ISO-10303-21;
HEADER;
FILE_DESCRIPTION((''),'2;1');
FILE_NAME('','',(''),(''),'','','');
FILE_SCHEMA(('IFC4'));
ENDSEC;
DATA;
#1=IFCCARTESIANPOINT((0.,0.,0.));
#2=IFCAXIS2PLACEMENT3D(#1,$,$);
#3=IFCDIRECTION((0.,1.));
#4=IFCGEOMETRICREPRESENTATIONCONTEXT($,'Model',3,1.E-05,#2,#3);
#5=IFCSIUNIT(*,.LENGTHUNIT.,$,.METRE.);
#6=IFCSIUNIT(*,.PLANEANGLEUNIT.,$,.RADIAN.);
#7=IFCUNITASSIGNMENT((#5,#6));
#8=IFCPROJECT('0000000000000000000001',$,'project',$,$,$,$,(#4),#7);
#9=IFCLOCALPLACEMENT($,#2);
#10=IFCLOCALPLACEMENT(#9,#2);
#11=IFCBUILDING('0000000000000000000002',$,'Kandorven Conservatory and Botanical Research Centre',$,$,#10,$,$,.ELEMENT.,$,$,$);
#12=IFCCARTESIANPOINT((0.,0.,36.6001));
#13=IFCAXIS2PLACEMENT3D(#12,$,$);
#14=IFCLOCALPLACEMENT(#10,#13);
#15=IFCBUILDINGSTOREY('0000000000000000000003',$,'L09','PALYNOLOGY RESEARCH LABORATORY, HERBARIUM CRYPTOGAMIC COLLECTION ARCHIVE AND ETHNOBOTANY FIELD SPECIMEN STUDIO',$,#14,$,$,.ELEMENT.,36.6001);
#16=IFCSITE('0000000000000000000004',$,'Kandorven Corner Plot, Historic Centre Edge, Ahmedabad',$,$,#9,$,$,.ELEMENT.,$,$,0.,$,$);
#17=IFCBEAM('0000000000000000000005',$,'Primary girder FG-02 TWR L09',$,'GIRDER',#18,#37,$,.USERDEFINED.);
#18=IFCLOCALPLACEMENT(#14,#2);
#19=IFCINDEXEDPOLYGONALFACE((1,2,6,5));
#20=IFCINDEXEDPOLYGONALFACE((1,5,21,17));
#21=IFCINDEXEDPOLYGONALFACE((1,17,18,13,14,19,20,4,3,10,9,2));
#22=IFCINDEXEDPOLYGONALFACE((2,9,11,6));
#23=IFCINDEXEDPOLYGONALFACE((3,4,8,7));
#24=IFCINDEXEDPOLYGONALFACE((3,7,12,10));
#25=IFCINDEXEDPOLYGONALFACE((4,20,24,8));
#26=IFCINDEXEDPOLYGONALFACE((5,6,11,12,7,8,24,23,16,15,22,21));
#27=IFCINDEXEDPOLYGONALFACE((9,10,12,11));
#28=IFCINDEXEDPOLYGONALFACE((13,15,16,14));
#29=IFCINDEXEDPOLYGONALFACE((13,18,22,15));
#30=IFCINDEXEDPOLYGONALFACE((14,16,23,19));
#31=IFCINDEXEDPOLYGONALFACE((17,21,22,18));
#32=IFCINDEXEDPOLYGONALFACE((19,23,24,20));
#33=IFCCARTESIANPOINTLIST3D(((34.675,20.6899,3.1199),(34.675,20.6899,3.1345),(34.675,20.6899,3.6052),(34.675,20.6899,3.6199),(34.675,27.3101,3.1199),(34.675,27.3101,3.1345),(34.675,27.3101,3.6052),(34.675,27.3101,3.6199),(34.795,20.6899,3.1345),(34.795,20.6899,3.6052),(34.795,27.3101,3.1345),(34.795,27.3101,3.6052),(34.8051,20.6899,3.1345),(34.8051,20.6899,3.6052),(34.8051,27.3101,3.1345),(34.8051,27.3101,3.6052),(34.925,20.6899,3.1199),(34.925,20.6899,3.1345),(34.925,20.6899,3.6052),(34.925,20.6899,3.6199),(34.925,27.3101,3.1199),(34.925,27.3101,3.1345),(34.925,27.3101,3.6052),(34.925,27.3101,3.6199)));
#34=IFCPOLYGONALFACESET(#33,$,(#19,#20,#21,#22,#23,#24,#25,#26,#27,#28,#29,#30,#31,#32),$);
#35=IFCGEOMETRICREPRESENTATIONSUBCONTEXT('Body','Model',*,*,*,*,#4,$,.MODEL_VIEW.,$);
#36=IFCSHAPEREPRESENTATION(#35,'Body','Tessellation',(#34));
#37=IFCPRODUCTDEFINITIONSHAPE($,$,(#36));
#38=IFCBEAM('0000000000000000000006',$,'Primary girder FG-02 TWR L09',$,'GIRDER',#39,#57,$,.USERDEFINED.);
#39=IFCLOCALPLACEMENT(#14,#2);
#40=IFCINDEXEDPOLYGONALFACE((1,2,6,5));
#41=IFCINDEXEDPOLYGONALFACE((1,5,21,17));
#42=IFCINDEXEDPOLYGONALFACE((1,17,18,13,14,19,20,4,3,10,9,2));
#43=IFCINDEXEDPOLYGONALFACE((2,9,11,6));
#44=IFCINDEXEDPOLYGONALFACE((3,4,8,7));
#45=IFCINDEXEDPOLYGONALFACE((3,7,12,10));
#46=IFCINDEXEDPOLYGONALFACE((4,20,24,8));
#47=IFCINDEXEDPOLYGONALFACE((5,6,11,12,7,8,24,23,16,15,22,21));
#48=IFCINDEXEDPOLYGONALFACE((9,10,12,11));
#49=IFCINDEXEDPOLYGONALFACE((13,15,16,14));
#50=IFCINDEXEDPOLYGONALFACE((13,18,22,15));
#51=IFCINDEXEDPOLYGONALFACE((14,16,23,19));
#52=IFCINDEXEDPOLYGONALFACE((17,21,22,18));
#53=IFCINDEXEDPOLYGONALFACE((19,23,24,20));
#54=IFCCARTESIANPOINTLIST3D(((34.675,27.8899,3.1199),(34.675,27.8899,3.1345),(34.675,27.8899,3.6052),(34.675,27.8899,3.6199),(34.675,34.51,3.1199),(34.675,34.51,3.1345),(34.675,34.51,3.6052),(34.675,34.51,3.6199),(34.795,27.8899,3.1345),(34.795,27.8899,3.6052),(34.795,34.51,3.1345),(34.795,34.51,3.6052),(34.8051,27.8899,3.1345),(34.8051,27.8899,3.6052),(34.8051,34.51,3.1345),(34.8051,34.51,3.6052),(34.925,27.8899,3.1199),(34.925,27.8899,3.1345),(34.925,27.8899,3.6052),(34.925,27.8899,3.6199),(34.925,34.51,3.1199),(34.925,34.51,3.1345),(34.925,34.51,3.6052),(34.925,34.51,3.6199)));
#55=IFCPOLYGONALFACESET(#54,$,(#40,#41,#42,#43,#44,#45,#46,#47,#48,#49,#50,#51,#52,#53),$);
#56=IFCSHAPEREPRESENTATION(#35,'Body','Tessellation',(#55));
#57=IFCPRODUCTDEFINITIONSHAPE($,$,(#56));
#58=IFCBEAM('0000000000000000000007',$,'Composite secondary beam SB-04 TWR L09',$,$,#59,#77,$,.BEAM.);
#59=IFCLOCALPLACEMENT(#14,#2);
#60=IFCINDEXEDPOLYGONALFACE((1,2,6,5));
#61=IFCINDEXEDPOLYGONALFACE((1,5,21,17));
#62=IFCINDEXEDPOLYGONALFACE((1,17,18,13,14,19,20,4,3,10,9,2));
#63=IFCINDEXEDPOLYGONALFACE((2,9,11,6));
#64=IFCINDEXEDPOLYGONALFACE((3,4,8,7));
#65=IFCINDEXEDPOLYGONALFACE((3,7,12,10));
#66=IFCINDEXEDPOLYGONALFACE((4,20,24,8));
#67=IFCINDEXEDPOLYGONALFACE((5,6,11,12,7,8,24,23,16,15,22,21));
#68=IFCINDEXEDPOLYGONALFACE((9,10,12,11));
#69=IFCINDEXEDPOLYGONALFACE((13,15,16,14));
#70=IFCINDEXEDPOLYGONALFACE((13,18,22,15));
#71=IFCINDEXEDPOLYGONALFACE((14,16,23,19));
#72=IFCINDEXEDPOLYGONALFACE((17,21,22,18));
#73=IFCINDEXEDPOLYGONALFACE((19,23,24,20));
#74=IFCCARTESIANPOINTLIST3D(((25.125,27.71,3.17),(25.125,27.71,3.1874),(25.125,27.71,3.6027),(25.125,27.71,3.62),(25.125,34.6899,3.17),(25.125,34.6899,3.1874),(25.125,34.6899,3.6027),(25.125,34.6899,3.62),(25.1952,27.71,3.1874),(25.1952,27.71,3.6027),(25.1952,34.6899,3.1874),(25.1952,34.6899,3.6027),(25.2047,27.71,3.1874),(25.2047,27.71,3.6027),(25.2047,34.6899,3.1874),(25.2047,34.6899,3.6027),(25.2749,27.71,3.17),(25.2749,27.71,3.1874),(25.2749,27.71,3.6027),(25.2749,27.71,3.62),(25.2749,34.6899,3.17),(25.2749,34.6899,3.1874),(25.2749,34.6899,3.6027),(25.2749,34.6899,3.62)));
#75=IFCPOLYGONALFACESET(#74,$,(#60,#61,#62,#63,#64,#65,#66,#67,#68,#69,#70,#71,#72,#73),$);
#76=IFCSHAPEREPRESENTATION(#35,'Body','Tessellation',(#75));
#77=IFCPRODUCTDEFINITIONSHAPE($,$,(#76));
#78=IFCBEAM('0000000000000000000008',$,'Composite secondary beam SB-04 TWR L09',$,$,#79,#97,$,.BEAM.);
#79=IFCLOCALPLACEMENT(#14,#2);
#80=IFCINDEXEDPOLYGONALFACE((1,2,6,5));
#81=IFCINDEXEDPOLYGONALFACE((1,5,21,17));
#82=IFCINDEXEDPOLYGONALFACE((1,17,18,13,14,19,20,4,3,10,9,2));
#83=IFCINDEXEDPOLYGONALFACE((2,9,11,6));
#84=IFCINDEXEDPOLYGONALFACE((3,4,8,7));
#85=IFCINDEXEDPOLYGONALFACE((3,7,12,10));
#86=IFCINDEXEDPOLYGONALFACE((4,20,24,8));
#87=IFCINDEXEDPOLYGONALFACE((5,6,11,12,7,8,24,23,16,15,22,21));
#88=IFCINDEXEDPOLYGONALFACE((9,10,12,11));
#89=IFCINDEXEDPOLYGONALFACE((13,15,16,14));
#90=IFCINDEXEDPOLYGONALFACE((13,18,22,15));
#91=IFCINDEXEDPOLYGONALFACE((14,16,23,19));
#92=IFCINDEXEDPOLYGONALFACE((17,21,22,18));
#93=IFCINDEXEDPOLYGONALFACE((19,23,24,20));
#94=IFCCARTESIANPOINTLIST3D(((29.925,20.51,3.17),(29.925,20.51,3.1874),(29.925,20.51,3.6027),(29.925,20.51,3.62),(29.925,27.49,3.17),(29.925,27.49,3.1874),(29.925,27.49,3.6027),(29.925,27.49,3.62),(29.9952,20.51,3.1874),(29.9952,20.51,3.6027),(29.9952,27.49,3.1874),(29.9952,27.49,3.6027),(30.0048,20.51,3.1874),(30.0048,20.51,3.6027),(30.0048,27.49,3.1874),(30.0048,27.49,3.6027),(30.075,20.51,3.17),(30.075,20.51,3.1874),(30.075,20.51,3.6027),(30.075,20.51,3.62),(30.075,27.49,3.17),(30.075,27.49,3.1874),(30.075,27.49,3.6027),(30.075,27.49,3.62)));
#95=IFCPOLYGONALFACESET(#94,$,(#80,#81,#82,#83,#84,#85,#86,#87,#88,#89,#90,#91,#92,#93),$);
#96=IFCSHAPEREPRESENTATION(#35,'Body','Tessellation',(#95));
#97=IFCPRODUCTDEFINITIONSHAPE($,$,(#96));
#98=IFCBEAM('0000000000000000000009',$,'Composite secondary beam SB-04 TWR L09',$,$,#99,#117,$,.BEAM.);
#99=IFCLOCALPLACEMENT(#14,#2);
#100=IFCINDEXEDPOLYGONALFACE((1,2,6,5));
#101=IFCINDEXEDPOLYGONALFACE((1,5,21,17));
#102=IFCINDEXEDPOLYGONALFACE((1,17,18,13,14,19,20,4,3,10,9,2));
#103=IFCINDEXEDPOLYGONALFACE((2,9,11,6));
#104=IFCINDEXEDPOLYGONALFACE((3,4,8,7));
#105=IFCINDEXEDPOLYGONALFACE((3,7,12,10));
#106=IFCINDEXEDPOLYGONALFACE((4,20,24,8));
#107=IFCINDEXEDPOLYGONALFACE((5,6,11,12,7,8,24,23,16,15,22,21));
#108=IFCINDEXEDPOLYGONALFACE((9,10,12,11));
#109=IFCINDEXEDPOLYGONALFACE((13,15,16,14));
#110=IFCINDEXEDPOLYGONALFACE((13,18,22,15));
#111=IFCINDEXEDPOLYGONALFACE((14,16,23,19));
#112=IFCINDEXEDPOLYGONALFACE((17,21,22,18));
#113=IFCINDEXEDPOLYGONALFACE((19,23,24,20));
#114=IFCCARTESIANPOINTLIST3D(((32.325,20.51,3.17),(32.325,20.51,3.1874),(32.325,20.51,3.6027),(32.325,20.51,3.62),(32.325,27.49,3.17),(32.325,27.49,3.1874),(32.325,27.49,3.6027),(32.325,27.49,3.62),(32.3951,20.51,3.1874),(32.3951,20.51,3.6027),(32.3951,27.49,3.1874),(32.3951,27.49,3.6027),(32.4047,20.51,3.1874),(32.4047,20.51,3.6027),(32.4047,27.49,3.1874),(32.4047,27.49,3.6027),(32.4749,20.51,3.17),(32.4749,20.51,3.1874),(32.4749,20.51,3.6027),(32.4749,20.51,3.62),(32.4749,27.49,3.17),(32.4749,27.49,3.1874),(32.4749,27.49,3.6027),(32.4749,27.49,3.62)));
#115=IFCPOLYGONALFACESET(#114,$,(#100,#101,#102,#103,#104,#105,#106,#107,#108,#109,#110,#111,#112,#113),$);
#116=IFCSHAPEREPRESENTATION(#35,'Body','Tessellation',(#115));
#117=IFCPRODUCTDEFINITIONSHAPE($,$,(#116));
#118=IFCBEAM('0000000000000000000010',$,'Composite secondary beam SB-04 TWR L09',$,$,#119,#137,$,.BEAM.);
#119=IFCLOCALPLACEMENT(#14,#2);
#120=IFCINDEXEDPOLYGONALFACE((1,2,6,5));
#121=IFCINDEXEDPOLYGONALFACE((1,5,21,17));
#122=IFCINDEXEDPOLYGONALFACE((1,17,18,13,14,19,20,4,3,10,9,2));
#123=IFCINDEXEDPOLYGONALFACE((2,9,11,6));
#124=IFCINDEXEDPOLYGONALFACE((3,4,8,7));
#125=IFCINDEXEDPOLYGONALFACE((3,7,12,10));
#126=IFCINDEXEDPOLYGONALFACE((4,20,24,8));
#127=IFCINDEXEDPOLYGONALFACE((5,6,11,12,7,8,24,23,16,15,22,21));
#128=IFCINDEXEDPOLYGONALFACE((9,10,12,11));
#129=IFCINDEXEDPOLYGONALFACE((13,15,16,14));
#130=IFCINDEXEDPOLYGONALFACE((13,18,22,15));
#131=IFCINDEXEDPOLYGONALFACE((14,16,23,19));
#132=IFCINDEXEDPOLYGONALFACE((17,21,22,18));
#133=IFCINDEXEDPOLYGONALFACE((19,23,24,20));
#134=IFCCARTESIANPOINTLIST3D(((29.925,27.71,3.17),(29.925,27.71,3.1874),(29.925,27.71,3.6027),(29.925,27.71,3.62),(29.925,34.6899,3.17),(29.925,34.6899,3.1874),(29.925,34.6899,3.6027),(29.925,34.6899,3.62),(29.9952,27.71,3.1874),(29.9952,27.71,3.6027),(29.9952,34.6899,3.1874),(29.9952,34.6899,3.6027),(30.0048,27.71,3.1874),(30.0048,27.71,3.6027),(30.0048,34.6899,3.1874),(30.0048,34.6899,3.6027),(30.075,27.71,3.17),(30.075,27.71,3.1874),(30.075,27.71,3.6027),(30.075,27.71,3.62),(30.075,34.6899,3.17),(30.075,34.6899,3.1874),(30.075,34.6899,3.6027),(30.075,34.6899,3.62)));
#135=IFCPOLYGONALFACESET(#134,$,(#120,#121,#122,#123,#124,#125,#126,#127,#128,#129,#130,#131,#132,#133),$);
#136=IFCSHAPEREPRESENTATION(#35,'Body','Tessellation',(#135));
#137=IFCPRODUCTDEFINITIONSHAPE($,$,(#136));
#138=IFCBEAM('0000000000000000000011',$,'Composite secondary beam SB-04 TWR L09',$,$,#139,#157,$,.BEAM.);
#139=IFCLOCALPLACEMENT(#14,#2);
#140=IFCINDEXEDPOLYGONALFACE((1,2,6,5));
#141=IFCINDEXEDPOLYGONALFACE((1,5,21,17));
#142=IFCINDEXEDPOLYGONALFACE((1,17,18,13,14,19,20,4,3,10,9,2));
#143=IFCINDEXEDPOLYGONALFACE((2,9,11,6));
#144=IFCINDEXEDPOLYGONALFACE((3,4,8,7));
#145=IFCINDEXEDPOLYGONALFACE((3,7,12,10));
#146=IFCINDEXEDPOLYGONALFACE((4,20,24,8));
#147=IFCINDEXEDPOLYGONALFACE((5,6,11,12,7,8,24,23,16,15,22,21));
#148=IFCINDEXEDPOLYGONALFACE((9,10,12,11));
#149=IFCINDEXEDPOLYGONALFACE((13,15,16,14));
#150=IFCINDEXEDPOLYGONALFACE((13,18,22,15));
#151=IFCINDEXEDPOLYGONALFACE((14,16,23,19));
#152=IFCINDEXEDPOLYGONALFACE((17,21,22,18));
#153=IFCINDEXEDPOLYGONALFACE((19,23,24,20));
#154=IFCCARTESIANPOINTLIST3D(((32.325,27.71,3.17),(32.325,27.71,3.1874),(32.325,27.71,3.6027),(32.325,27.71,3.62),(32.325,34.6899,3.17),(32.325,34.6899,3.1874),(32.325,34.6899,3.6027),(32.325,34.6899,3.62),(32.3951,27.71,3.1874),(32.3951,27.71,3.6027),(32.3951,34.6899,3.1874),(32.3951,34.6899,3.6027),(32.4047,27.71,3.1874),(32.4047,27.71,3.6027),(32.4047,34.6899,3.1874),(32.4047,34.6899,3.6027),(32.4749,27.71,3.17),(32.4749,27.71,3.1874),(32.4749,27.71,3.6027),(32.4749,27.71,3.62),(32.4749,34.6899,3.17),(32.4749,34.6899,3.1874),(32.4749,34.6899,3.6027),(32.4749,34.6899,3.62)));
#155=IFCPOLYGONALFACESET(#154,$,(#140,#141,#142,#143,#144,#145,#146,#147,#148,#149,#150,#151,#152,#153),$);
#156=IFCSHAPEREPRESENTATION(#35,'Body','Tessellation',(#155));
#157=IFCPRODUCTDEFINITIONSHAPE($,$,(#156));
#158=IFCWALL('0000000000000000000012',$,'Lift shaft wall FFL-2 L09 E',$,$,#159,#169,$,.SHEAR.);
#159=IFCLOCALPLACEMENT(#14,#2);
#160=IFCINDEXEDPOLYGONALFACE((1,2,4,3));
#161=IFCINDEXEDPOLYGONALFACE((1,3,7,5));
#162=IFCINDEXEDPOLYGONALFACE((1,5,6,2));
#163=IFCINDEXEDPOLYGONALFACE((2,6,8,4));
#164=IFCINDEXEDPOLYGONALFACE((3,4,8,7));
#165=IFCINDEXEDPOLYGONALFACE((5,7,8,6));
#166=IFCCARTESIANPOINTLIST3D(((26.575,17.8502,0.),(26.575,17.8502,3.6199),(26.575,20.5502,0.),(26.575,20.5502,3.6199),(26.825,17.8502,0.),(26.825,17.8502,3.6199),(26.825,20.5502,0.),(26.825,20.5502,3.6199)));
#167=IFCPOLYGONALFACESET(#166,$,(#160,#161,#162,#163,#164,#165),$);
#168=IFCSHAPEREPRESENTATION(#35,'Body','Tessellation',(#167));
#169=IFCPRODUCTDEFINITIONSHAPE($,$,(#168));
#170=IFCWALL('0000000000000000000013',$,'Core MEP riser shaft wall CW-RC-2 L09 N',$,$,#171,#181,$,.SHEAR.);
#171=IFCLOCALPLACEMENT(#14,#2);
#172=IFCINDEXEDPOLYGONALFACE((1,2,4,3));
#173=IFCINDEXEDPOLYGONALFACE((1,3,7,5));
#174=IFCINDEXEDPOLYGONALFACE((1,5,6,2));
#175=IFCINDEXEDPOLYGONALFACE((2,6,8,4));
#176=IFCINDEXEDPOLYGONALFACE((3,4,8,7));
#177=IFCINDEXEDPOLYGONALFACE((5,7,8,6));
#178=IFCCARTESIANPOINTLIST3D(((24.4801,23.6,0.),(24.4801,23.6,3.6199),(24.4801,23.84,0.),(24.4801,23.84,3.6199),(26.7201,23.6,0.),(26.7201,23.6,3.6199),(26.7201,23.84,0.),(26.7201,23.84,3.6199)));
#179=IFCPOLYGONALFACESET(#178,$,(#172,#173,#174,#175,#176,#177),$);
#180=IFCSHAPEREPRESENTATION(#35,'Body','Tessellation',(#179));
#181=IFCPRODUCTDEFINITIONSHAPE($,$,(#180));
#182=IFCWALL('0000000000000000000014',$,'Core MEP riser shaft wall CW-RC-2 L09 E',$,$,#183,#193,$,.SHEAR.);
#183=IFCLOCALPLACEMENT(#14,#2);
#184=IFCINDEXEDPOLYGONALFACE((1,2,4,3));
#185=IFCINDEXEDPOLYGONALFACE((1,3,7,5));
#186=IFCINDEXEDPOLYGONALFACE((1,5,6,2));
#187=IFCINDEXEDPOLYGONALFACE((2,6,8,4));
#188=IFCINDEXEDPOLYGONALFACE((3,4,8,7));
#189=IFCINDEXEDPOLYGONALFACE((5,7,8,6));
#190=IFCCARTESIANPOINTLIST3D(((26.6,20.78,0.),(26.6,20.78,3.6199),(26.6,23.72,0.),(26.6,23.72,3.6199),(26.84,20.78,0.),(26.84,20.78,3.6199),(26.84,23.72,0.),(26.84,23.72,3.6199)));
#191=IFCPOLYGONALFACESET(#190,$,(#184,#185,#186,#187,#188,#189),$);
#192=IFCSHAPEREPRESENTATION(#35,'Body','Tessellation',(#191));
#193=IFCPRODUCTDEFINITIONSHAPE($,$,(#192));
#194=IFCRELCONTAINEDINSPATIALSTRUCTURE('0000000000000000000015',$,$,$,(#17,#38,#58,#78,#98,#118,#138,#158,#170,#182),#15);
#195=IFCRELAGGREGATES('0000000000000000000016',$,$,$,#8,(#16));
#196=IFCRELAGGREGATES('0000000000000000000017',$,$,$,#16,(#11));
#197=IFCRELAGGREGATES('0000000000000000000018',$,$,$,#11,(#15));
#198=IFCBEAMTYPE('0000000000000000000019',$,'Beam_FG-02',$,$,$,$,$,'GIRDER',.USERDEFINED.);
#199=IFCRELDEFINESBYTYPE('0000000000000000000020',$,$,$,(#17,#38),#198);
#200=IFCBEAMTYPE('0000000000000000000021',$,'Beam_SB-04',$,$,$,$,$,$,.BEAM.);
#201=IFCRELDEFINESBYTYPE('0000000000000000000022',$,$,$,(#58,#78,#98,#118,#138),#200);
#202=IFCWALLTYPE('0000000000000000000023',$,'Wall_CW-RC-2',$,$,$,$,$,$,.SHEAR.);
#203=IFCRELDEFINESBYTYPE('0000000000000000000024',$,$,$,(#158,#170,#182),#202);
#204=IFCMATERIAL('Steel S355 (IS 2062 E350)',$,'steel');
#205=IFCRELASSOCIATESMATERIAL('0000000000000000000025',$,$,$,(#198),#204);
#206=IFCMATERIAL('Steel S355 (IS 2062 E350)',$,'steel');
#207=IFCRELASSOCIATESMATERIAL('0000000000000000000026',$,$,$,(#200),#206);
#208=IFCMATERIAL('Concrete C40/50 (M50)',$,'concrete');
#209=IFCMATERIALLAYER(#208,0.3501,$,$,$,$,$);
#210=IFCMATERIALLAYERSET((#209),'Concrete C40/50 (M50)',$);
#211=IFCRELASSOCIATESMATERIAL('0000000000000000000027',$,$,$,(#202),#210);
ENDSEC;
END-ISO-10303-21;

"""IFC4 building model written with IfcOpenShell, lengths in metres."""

from ifc_helpers import new_model, si_unit, direction, frame, frame_2d, origin, origin_2d, place, context, subcontext, project, spatial, rectangle, i_section, extrude, material, layer, layer_set, material_profile, profile_set, type_object, element, save


model = new_model("IFC4")

# Units and contexts
model_context = context("Model", 3, precision=1e-05, world=origin(), true_north=direction((0.0, 1.0)))
body_context = subcontext(model_context, "Body", "Model", "MODEL_VIEW")
ifc_project = project(units=[si_unit("LENGTHUNIT", "METRE"), si_unit("PLANEANGLEUNIT", "RADIAN")], contexts=[model_context])

# Site, building, storey
site_placement = place(None, origin())
site = spatial("IfcSite", under=ifc_project, at=site_placement, Name="Kandorven Corner Plot, Historic Centre Edge, Ahmedabad", CompositionType="ELEMENT", RefElevation=0.0)
building_placement = place(site_placement, origin())
building = spatial("IfcBuilding", under=site, at=building_placement, Name="Kandorven Conservatory and Botanical Research Centre", CompositionType="ELEMENT")
storey_placement = place(building_placement, frame((0.0, 0.0, 36.6001)))
storey = spatial("IfcBuildingStorey", under=building, at=storey_placement, Name="L09", Description="PALYNOLOGY RESEARCH LABORATORY, HERBARIUM CRYPTOGAMIC COLLECTION ARCHIVE AND ETHNOBOTANY FIELD SPECIMEN STUDIO", CompositionType="ELEMENT", Elevation=36.6001)

# Beams
ifc_material_1 = material(Name="Steel S355 (IS 2062 E350)", Category="steel")
ifc_material_profile_1 = material_profile(ifc_material_1, i_section(OverallWidth=0.25, OverallDepth=0.5, WebThickness=0.01, FlangeThickness=0.0146, at=origin_2d()))
ifc_profile_set_1 = profile_set([ifc_material_profile_1], Name="Steel S355 (IS 2062 E350)")
beam_type_1 = type_object("IfcBeamType", Name="Beam_FG-02", ElementType="GIRDER", PredefinedType="USERDEFINED", material=ifc_profile_set_1)
for number, where, z_axis, x_axis, name in (
    (1, (34.8, 20.6899, 3.3699), (0.0, 1.0, 0.0), (-1.0, 0.0, 0.0), "Primary girder FG-02 TWR L09"),
    (2, (34.8, 27.8899, 3.3699), (0.0, 1.0, 0.0), (-1.0, 0.0, 0.0), "Primary girder FG-02 TWR L09"),
):
    element("IfcBeam", number, at=place(storey_placement, frame(where, z_axis=z_axis, x_axis=x_axis)), inside=storey, type_object=beam_type_1, Name=name, ObjectType="GIRDER", PredefinedType="USERDEFINED", context=body_context, shape_type="SweptSolid", body=[
        extrude(i_section(OverallWidth=0.25, OverallDepth=0.5, WebThickness=0.01, FlangeThickness=0.0146, at=origin_2d()), origin(), (0.0, 0.0, 1.0), 6.6201),
    ])
ifc_material_2 = material(Name="Steel S355 (IS 2062 E350)", Category="steel")
ifc_material_profile_2 = material_profile(ifc_material_2, i_section(OverallWidth=0.1499, OverallDepth=0.45, WebThickness=0.0095, FlangeThickness=0.0173, at=origin_2d()))
ifc_profile_set_2 = profile_set([ifc_material_profile_2], Name="Steel S355 (IS 2062 E350)")
beam_type_2 = type_object("IfcBeamType", Name="Beam_SB-04", PredefinedType="BEAM", material=ifc_profile_set_2)
for number, where, z_axis, x_axis, name in (
    (3, (25.2, 27.71, 3.395), (0.0, 1.0, 0.0), (-1.0, 0.0, 0.0), "Composite secondary beam SB-04 TWR L09"),
    (4, (30.0, 20.51, 3.395), (0.0, 1.0, 0.0), (-1.0, 0.0, 0.0), "Composite secondary beam SB-04 TWR L09"),
    (5, (32.3999, 20.51, 3.395), (0.0, 1.0, 0.0), (-1.0, 0.0, 0.0), "Composite secondary beam SB-04 TWR L09"),
    (6, (30.0, 27.71, 3.395), (0.0, 1.0, 0.0), (-1.0, 0.0, 0.0), "Composite secondary beam SB-04 TWR L09"),
    (7, (32.3999, 27.71, 3.395), (0.0, 1.0, 0.0), (-1.0, 0.0, 0.0), "Composite secondary beam SB-04 TWR L09"),
):
    element("IfcBeam", number, at=place(storey_placement, frame(where, z_axis=z_axis, x_axis=x_axis)), inside=storey, type_object=beam_type_2, Name=name, PredefinedType="BEAM", context=body_context, shape_type="SweptSolid", body=[
        extrude(i_section(OverallWidth=0.1499, OverallDepth=0.45, WebThickness=0.0095, FlangeThickness=0.0173, at=origin_2d()), origin(), (0.0, 0.0, 1.0), 6.98),
    ])

# Walls
ifc_material_3 = material(Name="Concrete C40/50 (M50)", Category="concrete")
ifc_layer_1 = layer(ifc_material_3, 0.3501)
ifc_layer_set_1 = layer_set([ifc_layer_1], Name="Concrete C40/50 (M50)")
wall_type_1 = type_object("IfcWallType", Name="Wall_CW-RC-2", PredefinedType="SHEAR", material=ifc_layer_set_1)
wall_1_placement = place(storey_placement, frame((26.7, 17.8501, 0.0), z_axis=(0.0, 0.0, 1.0), x_axis=(0.0, 1.0, 0.0)))
element("IfcWall", 8, at=wall_1_placement, inside=storey, type_object=wall_type_1, Name="Lift shaft wall FFL-2 L09 E", PredefinedType="SHEAR", context=body_context, shape_type="SweptSolid", body=[
    extrude(rectangle(XDim=2.7, YDim=0.25, at=frame_2d((1.3501, 0.0))), origin(), (0.0, 0.0, 1.0), 3.6199),
])
wall_2_placement = place(storey_placement, frame((24.48, 23.72, 0.0), z_axis=(0.0, 0.0, 1.0), x_axis=(1.0, 0.0, 0.0)))
element("IfcWall", 9, at=wall_2_placement, inside=storey, type_object=wall_type_1, Name="Core MEP riser shaft wall CW-RC-2 L09 N", PredefinedType="SHEAR", context=body_context, shape_type="SweptSolid", body=[
    extrude(rectangle(XDim=2.24, YDim=0.24, at=frame_2d((1.1201, 0.0))), origin(), (0.0, 0.0, 1.0), 3.6199),
])
wall_3_placement = place(storey_placement, frame((26.72, 20.78, 0.0), z_axis=(0.0, 0.0, 1.0), x_axis=(0.0, 1.0, 0.0)))
element("IfcWall", 10, at=wall_3_placement, inside=storey, type_object=wall_type_1, Name="Core MEP riser shaft wall CW-RC-2 L09 E", PredefinedType="SHEAR", context=body_context, shape_type="SweptSolid", body=[
    extrude(rectangle(XDim=2.9399, YDim=0.24, at=frame_2d((1.47, 0.0))), origin(), (0.0, 0.0, 1.0), 3.6199),
])

save(model, "model.ifc")
